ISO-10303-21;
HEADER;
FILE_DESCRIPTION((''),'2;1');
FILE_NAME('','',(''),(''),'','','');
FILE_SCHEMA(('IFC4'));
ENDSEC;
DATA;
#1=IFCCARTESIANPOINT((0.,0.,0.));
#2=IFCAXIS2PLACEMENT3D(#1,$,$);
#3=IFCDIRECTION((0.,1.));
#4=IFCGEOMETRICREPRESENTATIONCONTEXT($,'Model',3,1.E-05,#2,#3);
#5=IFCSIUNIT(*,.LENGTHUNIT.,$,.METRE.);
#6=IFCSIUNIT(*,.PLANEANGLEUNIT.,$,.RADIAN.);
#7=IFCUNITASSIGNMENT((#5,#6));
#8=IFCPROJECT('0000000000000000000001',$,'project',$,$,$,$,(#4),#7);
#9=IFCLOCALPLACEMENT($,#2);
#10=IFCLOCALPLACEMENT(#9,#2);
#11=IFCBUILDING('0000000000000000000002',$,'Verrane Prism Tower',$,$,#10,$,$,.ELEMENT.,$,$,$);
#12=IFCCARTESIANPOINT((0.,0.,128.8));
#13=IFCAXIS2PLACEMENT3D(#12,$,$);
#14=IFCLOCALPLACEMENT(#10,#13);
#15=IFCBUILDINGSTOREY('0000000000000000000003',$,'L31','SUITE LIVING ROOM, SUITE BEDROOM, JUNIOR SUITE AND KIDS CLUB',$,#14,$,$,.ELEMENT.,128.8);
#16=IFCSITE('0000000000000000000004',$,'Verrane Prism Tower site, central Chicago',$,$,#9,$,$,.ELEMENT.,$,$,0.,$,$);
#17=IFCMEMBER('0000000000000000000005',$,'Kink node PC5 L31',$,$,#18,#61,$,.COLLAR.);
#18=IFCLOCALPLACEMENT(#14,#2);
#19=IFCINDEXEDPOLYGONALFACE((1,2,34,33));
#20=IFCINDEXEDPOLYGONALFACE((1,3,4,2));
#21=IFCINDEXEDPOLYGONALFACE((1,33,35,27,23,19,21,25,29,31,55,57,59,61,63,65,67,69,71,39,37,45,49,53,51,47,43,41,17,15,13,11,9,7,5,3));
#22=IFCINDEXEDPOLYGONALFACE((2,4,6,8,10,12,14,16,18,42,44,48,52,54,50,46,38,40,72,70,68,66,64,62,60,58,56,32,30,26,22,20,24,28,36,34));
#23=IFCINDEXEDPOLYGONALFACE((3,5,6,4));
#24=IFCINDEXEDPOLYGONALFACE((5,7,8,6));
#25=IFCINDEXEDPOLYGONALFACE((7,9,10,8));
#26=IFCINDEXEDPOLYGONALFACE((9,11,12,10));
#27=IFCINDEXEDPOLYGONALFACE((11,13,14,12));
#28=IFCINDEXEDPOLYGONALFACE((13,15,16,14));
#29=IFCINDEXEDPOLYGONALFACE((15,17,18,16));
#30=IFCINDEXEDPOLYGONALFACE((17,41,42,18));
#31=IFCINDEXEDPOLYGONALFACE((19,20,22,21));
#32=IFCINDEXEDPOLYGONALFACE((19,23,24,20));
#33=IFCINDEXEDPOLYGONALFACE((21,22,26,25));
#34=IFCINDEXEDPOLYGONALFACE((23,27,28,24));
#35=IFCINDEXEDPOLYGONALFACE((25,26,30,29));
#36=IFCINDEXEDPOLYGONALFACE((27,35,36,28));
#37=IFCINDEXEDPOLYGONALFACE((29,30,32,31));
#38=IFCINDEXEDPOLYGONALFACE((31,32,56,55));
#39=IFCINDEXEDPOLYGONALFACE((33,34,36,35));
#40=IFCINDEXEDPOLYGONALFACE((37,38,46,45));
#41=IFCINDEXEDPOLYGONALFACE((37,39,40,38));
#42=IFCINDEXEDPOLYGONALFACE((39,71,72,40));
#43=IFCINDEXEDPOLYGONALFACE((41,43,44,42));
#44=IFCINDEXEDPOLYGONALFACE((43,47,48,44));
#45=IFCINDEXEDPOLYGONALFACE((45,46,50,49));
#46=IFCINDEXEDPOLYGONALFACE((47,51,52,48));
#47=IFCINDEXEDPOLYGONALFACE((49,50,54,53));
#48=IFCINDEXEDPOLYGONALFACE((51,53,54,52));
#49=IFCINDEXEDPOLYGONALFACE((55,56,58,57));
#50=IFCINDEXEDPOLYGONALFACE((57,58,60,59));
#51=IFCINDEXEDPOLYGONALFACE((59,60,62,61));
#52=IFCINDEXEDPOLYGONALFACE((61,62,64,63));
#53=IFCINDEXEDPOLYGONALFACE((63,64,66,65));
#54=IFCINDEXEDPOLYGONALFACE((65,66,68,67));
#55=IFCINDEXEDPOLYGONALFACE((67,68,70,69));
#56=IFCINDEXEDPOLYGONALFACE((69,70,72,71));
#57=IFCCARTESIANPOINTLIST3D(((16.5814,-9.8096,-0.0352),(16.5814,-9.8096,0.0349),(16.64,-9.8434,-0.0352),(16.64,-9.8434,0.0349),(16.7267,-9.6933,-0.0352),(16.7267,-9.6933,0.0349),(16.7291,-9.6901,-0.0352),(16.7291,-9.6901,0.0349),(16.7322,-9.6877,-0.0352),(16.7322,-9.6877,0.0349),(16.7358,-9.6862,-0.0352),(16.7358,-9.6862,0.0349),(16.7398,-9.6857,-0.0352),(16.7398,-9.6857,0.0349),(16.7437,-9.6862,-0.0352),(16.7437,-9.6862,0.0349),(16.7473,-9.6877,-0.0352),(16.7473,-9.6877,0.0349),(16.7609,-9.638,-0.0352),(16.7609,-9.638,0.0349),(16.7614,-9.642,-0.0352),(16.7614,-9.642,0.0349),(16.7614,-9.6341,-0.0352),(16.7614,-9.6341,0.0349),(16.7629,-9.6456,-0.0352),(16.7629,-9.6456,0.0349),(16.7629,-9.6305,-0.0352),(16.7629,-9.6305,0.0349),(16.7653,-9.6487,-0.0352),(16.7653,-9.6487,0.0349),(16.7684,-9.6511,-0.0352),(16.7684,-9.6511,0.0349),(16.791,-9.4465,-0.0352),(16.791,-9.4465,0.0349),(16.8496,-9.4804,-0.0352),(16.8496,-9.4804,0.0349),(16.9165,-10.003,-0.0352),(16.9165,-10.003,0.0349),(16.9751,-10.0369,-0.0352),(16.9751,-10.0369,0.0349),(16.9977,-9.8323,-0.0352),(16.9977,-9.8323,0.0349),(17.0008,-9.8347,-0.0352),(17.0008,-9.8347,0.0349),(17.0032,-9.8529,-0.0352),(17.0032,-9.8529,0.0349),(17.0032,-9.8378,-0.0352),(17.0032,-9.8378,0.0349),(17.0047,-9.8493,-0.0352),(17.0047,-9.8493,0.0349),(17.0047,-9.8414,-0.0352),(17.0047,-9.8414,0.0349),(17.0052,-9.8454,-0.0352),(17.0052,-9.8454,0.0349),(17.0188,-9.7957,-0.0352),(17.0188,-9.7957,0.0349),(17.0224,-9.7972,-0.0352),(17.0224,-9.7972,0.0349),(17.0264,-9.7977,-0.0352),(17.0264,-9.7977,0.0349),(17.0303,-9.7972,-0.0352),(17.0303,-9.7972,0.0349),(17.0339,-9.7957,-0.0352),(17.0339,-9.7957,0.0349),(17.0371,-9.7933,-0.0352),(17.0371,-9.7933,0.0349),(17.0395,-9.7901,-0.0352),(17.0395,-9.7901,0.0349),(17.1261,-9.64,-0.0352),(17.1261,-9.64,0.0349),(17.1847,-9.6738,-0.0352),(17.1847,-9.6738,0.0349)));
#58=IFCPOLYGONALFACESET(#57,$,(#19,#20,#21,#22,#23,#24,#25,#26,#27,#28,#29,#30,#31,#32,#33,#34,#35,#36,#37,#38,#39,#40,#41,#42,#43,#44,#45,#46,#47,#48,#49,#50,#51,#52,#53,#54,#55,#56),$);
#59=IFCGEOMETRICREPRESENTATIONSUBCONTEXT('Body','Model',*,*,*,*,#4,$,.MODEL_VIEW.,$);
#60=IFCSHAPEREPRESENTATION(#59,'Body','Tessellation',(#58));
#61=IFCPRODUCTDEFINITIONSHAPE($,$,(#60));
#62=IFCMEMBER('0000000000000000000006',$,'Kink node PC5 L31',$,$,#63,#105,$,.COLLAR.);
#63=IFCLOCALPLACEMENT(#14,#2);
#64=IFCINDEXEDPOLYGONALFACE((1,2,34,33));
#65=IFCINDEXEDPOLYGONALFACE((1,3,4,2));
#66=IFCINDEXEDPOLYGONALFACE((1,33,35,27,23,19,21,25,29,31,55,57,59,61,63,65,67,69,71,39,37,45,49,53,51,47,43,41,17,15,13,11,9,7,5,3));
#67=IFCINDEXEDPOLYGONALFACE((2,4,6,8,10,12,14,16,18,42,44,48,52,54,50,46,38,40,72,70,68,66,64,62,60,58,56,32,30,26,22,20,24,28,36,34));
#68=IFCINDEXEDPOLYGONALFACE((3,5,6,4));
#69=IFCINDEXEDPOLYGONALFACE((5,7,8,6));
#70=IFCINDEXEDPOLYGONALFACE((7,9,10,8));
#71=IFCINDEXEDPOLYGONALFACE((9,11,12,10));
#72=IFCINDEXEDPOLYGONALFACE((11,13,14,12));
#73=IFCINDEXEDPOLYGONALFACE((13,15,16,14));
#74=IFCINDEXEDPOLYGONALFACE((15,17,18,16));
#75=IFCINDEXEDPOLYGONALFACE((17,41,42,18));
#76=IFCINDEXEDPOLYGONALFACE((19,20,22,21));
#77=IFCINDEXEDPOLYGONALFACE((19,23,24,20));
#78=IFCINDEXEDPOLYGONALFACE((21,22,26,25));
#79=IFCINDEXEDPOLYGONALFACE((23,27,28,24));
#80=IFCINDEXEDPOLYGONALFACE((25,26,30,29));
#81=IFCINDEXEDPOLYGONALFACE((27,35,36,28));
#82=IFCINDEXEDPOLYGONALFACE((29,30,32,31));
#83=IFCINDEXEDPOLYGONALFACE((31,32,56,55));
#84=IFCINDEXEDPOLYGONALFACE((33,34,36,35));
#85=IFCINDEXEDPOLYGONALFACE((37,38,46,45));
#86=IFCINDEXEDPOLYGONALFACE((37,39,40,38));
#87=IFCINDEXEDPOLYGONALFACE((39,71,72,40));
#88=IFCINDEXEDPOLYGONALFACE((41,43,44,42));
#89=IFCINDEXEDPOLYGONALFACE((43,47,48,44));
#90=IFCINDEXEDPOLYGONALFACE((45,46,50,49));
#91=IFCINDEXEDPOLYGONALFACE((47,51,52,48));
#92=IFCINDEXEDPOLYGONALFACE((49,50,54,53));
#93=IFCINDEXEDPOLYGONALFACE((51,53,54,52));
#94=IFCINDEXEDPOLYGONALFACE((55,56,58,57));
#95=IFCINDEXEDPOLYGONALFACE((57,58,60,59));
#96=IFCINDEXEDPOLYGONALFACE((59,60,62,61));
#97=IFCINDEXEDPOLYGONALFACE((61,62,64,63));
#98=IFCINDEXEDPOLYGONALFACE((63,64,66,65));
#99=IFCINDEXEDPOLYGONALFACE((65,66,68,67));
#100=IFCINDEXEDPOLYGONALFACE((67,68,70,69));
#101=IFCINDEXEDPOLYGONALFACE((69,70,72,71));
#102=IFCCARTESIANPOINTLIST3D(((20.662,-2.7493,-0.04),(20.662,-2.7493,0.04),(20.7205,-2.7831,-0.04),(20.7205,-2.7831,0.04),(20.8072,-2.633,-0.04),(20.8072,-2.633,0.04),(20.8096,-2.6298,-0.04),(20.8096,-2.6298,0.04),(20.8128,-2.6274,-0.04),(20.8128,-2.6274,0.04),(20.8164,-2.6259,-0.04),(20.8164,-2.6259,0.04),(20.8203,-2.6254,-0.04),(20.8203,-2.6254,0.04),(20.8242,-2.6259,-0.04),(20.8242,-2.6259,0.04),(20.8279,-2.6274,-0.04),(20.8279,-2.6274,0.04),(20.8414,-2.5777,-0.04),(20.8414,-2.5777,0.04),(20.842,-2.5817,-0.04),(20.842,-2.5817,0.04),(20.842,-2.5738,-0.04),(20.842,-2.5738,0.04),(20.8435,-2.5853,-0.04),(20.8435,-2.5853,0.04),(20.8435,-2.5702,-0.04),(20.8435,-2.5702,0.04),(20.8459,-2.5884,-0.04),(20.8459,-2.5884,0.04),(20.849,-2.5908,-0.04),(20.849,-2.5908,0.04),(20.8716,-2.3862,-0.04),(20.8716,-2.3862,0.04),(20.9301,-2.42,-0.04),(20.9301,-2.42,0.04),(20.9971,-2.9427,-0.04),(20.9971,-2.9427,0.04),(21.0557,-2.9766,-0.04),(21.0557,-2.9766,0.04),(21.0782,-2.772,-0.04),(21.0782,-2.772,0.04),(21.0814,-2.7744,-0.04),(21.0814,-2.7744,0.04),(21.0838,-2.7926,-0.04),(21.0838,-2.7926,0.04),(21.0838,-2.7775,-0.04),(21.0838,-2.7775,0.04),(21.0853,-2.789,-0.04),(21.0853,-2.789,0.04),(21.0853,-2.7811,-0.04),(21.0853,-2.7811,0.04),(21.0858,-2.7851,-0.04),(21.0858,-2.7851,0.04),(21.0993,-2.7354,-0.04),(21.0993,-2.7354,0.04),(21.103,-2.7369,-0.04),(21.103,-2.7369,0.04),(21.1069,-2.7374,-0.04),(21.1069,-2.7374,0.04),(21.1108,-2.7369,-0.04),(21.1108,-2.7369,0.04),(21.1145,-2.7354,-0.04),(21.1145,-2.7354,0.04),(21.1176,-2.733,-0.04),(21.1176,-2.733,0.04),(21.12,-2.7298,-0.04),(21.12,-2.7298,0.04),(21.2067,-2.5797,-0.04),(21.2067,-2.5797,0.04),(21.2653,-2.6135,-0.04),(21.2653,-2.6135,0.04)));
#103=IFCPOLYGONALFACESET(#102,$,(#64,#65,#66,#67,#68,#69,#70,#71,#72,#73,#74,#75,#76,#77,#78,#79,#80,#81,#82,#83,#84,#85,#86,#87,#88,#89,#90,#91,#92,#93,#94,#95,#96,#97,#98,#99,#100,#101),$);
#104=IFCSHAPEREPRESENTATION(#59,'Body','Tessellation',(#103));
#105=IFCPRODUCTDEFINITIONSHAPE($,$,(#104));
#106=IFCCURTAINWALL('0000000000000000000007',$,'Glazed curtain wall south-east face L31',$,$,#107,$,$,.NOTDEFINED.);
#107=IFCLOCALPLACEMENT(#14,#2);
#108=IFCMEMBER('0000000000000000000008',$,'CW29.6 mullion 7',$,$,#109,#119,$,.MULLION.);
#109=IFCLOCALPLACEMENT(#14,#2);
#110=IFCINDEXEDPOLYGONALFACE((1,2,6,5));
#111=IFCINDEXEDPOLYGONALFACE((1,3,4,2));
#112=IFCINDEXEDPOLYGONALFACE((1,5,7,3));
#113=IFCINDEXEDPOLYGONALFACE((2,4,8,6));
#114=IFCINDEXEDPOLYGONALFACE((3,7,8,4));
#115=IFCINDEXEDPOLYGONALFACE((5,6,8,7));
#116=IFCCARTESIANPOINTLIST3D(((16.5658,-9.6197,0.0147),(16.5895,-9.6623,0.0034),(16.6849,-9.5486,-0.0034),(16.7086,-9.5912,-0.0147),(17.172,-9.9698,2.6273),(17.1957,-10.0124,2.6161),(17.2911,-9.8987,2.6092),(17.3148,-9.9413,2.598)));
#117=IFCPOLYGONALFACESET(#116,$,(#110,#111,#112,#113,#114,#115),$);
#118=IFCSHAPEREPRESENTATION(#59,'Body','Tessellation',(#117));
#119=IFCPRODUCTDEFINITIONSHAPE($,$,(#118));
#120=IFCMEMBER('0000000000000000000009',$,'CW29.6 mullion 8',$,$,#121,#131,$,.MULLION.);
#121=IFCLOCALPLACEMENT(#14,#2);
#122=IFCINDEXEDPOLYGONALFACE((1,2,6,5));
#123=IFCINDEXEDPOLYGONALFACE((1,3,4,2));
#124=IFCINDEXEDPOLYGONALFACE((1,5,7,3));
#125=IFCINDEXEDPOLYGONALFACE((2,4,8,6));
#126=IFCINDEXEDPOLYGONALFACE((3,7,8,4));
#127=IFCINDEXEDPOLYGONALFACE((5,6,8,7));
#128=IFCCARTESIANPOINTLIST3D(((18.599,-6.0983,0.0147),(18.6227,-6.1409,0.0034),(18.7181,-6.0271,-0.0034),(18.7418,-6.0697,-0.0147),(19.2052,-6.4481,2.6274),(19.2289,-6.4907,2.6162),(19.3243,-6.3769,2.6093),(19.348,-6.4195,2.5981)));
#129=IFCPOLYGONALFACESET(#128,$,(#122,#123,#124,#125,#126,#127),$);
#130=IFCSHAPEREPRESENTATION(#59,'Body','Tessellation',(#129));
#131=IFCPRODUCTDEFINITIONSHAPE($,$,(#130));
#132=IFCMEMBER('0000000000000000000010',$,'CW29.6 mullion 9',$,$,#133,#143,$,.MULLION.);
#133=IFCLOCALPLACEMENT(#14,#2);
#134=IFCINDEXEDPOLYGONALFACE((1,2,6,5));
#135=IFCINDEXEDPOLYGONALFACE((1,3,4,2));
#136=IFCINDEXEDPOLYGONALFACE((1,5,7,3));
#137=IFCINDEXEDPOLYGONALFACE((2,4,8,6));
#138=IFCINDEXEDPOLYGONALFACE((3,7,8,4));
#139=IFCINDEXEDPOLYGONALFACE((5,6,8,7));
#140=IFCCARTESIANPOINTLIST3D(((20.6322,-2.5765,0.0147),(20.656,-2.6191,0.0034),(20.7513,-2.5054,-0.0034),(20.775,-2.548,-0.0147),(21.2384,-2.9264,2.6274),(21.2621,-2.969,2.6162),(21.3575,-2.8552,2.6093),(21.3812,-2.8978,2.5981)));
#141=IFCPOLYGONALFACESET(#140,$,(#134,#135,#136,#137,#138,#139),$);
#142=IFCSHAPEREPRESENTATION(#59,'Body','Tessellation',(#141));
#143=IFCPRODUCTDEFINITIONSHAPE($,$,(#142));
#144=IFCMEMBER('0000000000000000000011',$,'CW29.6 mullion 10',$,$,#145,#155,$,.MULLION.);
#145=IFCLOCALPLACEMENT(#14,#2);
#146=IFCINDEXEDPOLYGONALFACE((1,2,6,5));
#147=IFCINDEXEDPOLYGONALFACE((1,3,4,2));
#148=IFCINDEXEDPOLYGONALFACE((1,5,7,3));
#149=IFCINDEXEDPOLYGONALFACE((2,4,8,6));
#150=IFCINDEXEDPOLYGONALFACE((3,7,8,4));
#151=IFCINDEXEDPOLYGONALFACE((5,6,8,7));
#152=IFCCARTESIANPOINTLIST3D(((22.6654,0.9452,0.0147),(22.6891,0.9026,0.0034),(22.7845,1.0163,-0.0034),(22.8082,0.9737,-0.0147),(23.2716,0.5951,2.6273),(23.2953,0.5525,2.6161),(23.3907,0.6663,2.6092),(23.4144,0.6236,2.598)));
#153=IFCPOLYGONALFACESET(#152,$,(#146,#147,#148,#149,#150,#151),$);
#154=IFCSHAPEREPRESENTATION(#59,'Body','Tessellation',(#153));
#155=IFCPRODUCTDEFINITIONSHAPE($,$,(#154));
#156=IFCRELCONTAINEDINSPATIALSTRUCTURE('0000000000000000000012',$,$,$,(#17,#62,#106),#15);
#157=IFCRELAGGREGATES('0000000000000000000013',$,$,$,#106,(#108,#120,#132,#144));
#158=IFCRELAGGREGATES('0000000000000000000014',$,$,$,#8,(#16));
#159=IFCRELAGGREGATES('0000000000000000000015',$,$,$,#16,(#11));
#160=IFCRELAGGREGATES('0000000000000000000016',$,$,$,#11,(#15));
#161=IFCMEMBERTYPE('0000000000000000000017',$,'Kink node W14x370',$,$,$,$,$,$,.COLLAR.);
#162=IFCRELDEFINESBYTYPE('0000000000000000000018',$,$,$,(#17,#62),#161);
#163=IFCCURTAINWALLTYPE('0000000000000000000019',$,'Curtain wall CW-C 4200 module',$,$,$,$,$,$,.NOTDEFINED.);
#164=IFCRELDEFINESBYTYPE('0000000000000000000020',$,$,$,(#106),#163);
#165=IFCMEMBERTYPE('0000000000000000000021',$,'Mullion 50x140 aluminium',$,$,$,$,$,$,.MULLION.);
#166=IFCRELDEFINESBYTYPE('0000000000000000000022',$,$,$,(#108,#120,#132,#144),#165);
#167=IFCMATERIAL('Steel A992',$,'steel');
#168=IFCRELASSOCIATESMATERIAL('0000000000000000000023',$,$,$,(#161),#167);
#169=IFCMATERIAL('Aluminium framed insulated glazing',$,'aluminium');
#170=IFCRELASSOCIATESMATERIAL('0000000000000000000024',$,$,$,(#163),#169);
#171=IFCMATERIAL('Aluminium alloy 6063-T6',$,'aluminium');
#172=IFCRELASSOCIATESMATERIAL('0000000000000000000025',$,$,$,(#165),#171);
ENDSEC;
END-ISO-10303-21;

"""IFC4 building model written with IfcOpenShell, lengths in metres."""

from ifc_helpers import new_model, si_unit, direction, frame, origin, origin_2d, place, context, subcontext, project, spatial, rectangle, i_section, extrude, material, material_profile, profile_set, type_object, element, aggregate, save


model = new_model("IFC4")

# Units and contexts
model_context = context("Model", 3, precision=1e-05, world=origin(), true_north=direction((0.0, 1.0)))
body_context = subcontext(model_context, "Body", "Model", "MODEL_VIEW")
ifc_project = project(units=[si_unit("LENGTHUNIT", "METRE"), si_unit("PLANEANGLEUNIT", "RADIAN")], contexts=[model_context])

# Site, building, storey
site_placement = place(None, origin())
site = spatial("IfcSite", under=ifc_project, at=site_placement, Name="Verrane Prism Tower site, central Chicago", CompositionType="ELEMENT", RefElevation=0.0)
building_placement = place(site_placement, origin())
building = spatial("IfcBuilding", under=site, at=building_placement, Name="Verrane Prism Tower", CompositionType="ELEMENT")
storey_placement = place(building_placement, frame((0.0, 0.0, 128.8)))
storey = spatial("IfcBuildingStorey", under=building, at=storey_placement, Name="L31", Description="SUITE LIVING ROOM, SUITE BEDROOM, JUNIOR SUITE AND KIDS CLUB", CompositionType="ELEMENT", Elevation=128.8)

# Members
ifc_material_1 = material(Name="Steel A992", Category="steel")
ifc_material_profile_1 = material_profile(ifc_material_1, i_section(OverallWidth=0.4192, OverallDepth=0.4546, WebThickness=0.0422, FlangeThickness=0.0676, FilletRadius=0.0151, at=origin_2d()), Name="W14x370")
ifc_profile_set_1 = profile_set([ifc_material_profile_1], Name="Steel A992")
member_type_1 = type_object("IfcMemberType", Name="Kink node W14x370", PredefinedType="COLLAR", material=ifc_profile_set_1)
member_1_placement = place(storey_placement, frame((16.8831, -9.7417, -0.0352), z_axis=(0.0, 0.0, 1.0), x_axis=(-0.5, -0.866025, 0.0)))
element("IfcMember", 1, at=member_1_placement, inside=storey, type_object=member_type_1, Name="Kink node PC5 L31", PredefinedType="COLLAR", context=body_context, shape_type="SweptSolid", body=[
    extrude(i_section(OverallWidth=0.4192, OverallDepth=0.4546, WebThickness=0.0422, FlangeThickness=0.0676, FilletRadius=0.0151, at=origin_2d()), origin(), (0.0, 0.0, 1.0), 0.0701),
])
member_2_placement = place(storey_placement, frame((20.9636, -2.6814, -0.04), z_axis=(0.0, 0.0, 1.0), x_axis=(-0.5, -0.866025, 0.0)))
element("IfcMember", 2, at=member_2_placement, inside=storey, type_object=member_type_1, Name="Kink node PC5 L31", PredefinedType="COLLAR", context=body_context, shape_type="SweptSolid", body=[
    extrude(i_section(OverallWidth=0.4192, OverallDepth=0.4546, WebThickness=0.0422, FlangeThickness=0.0676, FilletRadius=0.0151, at=origin_2d()), origin(), (0.0, 0.0, 1.0), 0.0801),
])

# Curtain wall, members
ifc_material_2 = material(Name="Aluminium framed insulated glazing", Category="aluminium")
curtain_wall_type = type_object("IfcCurtainWallType", Name="Curtain wall CW-C 4200 module", PredefinedType="NOTDEFINED", material=ifc_material_2)
curtain_wall_placement = place(storey_placement, origin())
curtain_wall = element("IfcCurtainWall", 3, at=curtain_wall_placement, inside=storey, type_object=curtain_wall_type, Name="Glazed curtain wall south-east face L31", PredefinedType="NOTDEFINED")
ifc_material_3 = material(Name="Aluminium alloy 6063-T6", Category="aluminium")
ifc_material_profile_2 = material_profile(ifc_material_3, rectangle(XDim=0.1399, YDim=0.05, at=origin_2d()), Name="Mullion 50x140 aluminium")
ifc_profile_set_2 = profile_set([ifc_material_profile_2], Name="Aluminium alloy 6063-T6")
member_type_2 = type_object("IfcMemberType", Name="Mullion 50x140 aluminium", PredefinedType="MULLION", material=ifc_profile_set_2)
member_3_placement = place(storey_placement, frame((16.6372, -9.6055, 0.0), z_axis=(0.224108, -0.129429, 0.965931), x_axis=(-0.851341, -0.508404, 0.129399)))
member_3 = element("IfcMember", 4, at=member_3_placement, type_object=member_type_2, Name="CW29.6 mullion 7", PredefinedType="MULLION", context=body_context, shape_type="SweptSolid", body=[
    extrude(rectangle(XDim=0.1399, YDim=0.05, at=origin_2d()), origin(), (0.0, 0.0, 1.0), 2.7048),
])
member_4_placement = place(storey_placement, frame((18.6704, -6.084, 0.0), z_axis=(0.224111, -0.12934, 0.965943), x_axis=(-0.851192, -0.508658, 0.129378)))
member_4 = element("IfcMember", 5, at=member_4_placement, type_object=member_type_2, Name="CW29.6 mullion 8", PredefinedType="MULLION", context=body_context, shape_type="SweptSolid", body=[
    extrude(rectangle(XDim=0.1399, YDim=0.05, at=origin_2d()), origin(), (0.0, 0.0, 1.0), 2.7048),
])
member_5_placement = place(storey_placement, frame((20.7036, -2.5623, 0.0), z_axis=(0.224111, -0.12934, 0.965943), x_axis=(-0.851192, -0.508658, 0.129378)))
member_5 = element("IfcMember", 6, at=member_5_placement, type_object=member_type_2, Name="CW29.6 mullion 9", PredefinedType="MULLION", context=body_context, shape_type="SweptSolid", body=[
    extrude(rectangle(XDim=0.1399, YDim=0.05, at=origin_2d()), origin(), (0.0, 0.0, 1.0), 2.7048),
])
member_6_placement = place(storey_placement, frame((22.7368, 0.9595, 0.0), z_axis=(0.224108, -0.129429, 0.965931), x_axis=(-0.851341, -0.508404, 0.129399)))
member_6 = element("IfcMember", 7, at=member_6_placement, type_object=member_type_2, Name="CW29.6 mullion 10", PredefinedType="MULLION", context=body_context, shape_type="SweptSolid", body=[
    extrude(rectangle(XDim=0.1399, YDim=0.05, at=origin_2d()), origin(), (0.0, 0.0, 1.0), 2.7048),
])

aggregate(curtain_wall, [member_3, member_4, member_5, member_6])

save(model, "model.ifc")
